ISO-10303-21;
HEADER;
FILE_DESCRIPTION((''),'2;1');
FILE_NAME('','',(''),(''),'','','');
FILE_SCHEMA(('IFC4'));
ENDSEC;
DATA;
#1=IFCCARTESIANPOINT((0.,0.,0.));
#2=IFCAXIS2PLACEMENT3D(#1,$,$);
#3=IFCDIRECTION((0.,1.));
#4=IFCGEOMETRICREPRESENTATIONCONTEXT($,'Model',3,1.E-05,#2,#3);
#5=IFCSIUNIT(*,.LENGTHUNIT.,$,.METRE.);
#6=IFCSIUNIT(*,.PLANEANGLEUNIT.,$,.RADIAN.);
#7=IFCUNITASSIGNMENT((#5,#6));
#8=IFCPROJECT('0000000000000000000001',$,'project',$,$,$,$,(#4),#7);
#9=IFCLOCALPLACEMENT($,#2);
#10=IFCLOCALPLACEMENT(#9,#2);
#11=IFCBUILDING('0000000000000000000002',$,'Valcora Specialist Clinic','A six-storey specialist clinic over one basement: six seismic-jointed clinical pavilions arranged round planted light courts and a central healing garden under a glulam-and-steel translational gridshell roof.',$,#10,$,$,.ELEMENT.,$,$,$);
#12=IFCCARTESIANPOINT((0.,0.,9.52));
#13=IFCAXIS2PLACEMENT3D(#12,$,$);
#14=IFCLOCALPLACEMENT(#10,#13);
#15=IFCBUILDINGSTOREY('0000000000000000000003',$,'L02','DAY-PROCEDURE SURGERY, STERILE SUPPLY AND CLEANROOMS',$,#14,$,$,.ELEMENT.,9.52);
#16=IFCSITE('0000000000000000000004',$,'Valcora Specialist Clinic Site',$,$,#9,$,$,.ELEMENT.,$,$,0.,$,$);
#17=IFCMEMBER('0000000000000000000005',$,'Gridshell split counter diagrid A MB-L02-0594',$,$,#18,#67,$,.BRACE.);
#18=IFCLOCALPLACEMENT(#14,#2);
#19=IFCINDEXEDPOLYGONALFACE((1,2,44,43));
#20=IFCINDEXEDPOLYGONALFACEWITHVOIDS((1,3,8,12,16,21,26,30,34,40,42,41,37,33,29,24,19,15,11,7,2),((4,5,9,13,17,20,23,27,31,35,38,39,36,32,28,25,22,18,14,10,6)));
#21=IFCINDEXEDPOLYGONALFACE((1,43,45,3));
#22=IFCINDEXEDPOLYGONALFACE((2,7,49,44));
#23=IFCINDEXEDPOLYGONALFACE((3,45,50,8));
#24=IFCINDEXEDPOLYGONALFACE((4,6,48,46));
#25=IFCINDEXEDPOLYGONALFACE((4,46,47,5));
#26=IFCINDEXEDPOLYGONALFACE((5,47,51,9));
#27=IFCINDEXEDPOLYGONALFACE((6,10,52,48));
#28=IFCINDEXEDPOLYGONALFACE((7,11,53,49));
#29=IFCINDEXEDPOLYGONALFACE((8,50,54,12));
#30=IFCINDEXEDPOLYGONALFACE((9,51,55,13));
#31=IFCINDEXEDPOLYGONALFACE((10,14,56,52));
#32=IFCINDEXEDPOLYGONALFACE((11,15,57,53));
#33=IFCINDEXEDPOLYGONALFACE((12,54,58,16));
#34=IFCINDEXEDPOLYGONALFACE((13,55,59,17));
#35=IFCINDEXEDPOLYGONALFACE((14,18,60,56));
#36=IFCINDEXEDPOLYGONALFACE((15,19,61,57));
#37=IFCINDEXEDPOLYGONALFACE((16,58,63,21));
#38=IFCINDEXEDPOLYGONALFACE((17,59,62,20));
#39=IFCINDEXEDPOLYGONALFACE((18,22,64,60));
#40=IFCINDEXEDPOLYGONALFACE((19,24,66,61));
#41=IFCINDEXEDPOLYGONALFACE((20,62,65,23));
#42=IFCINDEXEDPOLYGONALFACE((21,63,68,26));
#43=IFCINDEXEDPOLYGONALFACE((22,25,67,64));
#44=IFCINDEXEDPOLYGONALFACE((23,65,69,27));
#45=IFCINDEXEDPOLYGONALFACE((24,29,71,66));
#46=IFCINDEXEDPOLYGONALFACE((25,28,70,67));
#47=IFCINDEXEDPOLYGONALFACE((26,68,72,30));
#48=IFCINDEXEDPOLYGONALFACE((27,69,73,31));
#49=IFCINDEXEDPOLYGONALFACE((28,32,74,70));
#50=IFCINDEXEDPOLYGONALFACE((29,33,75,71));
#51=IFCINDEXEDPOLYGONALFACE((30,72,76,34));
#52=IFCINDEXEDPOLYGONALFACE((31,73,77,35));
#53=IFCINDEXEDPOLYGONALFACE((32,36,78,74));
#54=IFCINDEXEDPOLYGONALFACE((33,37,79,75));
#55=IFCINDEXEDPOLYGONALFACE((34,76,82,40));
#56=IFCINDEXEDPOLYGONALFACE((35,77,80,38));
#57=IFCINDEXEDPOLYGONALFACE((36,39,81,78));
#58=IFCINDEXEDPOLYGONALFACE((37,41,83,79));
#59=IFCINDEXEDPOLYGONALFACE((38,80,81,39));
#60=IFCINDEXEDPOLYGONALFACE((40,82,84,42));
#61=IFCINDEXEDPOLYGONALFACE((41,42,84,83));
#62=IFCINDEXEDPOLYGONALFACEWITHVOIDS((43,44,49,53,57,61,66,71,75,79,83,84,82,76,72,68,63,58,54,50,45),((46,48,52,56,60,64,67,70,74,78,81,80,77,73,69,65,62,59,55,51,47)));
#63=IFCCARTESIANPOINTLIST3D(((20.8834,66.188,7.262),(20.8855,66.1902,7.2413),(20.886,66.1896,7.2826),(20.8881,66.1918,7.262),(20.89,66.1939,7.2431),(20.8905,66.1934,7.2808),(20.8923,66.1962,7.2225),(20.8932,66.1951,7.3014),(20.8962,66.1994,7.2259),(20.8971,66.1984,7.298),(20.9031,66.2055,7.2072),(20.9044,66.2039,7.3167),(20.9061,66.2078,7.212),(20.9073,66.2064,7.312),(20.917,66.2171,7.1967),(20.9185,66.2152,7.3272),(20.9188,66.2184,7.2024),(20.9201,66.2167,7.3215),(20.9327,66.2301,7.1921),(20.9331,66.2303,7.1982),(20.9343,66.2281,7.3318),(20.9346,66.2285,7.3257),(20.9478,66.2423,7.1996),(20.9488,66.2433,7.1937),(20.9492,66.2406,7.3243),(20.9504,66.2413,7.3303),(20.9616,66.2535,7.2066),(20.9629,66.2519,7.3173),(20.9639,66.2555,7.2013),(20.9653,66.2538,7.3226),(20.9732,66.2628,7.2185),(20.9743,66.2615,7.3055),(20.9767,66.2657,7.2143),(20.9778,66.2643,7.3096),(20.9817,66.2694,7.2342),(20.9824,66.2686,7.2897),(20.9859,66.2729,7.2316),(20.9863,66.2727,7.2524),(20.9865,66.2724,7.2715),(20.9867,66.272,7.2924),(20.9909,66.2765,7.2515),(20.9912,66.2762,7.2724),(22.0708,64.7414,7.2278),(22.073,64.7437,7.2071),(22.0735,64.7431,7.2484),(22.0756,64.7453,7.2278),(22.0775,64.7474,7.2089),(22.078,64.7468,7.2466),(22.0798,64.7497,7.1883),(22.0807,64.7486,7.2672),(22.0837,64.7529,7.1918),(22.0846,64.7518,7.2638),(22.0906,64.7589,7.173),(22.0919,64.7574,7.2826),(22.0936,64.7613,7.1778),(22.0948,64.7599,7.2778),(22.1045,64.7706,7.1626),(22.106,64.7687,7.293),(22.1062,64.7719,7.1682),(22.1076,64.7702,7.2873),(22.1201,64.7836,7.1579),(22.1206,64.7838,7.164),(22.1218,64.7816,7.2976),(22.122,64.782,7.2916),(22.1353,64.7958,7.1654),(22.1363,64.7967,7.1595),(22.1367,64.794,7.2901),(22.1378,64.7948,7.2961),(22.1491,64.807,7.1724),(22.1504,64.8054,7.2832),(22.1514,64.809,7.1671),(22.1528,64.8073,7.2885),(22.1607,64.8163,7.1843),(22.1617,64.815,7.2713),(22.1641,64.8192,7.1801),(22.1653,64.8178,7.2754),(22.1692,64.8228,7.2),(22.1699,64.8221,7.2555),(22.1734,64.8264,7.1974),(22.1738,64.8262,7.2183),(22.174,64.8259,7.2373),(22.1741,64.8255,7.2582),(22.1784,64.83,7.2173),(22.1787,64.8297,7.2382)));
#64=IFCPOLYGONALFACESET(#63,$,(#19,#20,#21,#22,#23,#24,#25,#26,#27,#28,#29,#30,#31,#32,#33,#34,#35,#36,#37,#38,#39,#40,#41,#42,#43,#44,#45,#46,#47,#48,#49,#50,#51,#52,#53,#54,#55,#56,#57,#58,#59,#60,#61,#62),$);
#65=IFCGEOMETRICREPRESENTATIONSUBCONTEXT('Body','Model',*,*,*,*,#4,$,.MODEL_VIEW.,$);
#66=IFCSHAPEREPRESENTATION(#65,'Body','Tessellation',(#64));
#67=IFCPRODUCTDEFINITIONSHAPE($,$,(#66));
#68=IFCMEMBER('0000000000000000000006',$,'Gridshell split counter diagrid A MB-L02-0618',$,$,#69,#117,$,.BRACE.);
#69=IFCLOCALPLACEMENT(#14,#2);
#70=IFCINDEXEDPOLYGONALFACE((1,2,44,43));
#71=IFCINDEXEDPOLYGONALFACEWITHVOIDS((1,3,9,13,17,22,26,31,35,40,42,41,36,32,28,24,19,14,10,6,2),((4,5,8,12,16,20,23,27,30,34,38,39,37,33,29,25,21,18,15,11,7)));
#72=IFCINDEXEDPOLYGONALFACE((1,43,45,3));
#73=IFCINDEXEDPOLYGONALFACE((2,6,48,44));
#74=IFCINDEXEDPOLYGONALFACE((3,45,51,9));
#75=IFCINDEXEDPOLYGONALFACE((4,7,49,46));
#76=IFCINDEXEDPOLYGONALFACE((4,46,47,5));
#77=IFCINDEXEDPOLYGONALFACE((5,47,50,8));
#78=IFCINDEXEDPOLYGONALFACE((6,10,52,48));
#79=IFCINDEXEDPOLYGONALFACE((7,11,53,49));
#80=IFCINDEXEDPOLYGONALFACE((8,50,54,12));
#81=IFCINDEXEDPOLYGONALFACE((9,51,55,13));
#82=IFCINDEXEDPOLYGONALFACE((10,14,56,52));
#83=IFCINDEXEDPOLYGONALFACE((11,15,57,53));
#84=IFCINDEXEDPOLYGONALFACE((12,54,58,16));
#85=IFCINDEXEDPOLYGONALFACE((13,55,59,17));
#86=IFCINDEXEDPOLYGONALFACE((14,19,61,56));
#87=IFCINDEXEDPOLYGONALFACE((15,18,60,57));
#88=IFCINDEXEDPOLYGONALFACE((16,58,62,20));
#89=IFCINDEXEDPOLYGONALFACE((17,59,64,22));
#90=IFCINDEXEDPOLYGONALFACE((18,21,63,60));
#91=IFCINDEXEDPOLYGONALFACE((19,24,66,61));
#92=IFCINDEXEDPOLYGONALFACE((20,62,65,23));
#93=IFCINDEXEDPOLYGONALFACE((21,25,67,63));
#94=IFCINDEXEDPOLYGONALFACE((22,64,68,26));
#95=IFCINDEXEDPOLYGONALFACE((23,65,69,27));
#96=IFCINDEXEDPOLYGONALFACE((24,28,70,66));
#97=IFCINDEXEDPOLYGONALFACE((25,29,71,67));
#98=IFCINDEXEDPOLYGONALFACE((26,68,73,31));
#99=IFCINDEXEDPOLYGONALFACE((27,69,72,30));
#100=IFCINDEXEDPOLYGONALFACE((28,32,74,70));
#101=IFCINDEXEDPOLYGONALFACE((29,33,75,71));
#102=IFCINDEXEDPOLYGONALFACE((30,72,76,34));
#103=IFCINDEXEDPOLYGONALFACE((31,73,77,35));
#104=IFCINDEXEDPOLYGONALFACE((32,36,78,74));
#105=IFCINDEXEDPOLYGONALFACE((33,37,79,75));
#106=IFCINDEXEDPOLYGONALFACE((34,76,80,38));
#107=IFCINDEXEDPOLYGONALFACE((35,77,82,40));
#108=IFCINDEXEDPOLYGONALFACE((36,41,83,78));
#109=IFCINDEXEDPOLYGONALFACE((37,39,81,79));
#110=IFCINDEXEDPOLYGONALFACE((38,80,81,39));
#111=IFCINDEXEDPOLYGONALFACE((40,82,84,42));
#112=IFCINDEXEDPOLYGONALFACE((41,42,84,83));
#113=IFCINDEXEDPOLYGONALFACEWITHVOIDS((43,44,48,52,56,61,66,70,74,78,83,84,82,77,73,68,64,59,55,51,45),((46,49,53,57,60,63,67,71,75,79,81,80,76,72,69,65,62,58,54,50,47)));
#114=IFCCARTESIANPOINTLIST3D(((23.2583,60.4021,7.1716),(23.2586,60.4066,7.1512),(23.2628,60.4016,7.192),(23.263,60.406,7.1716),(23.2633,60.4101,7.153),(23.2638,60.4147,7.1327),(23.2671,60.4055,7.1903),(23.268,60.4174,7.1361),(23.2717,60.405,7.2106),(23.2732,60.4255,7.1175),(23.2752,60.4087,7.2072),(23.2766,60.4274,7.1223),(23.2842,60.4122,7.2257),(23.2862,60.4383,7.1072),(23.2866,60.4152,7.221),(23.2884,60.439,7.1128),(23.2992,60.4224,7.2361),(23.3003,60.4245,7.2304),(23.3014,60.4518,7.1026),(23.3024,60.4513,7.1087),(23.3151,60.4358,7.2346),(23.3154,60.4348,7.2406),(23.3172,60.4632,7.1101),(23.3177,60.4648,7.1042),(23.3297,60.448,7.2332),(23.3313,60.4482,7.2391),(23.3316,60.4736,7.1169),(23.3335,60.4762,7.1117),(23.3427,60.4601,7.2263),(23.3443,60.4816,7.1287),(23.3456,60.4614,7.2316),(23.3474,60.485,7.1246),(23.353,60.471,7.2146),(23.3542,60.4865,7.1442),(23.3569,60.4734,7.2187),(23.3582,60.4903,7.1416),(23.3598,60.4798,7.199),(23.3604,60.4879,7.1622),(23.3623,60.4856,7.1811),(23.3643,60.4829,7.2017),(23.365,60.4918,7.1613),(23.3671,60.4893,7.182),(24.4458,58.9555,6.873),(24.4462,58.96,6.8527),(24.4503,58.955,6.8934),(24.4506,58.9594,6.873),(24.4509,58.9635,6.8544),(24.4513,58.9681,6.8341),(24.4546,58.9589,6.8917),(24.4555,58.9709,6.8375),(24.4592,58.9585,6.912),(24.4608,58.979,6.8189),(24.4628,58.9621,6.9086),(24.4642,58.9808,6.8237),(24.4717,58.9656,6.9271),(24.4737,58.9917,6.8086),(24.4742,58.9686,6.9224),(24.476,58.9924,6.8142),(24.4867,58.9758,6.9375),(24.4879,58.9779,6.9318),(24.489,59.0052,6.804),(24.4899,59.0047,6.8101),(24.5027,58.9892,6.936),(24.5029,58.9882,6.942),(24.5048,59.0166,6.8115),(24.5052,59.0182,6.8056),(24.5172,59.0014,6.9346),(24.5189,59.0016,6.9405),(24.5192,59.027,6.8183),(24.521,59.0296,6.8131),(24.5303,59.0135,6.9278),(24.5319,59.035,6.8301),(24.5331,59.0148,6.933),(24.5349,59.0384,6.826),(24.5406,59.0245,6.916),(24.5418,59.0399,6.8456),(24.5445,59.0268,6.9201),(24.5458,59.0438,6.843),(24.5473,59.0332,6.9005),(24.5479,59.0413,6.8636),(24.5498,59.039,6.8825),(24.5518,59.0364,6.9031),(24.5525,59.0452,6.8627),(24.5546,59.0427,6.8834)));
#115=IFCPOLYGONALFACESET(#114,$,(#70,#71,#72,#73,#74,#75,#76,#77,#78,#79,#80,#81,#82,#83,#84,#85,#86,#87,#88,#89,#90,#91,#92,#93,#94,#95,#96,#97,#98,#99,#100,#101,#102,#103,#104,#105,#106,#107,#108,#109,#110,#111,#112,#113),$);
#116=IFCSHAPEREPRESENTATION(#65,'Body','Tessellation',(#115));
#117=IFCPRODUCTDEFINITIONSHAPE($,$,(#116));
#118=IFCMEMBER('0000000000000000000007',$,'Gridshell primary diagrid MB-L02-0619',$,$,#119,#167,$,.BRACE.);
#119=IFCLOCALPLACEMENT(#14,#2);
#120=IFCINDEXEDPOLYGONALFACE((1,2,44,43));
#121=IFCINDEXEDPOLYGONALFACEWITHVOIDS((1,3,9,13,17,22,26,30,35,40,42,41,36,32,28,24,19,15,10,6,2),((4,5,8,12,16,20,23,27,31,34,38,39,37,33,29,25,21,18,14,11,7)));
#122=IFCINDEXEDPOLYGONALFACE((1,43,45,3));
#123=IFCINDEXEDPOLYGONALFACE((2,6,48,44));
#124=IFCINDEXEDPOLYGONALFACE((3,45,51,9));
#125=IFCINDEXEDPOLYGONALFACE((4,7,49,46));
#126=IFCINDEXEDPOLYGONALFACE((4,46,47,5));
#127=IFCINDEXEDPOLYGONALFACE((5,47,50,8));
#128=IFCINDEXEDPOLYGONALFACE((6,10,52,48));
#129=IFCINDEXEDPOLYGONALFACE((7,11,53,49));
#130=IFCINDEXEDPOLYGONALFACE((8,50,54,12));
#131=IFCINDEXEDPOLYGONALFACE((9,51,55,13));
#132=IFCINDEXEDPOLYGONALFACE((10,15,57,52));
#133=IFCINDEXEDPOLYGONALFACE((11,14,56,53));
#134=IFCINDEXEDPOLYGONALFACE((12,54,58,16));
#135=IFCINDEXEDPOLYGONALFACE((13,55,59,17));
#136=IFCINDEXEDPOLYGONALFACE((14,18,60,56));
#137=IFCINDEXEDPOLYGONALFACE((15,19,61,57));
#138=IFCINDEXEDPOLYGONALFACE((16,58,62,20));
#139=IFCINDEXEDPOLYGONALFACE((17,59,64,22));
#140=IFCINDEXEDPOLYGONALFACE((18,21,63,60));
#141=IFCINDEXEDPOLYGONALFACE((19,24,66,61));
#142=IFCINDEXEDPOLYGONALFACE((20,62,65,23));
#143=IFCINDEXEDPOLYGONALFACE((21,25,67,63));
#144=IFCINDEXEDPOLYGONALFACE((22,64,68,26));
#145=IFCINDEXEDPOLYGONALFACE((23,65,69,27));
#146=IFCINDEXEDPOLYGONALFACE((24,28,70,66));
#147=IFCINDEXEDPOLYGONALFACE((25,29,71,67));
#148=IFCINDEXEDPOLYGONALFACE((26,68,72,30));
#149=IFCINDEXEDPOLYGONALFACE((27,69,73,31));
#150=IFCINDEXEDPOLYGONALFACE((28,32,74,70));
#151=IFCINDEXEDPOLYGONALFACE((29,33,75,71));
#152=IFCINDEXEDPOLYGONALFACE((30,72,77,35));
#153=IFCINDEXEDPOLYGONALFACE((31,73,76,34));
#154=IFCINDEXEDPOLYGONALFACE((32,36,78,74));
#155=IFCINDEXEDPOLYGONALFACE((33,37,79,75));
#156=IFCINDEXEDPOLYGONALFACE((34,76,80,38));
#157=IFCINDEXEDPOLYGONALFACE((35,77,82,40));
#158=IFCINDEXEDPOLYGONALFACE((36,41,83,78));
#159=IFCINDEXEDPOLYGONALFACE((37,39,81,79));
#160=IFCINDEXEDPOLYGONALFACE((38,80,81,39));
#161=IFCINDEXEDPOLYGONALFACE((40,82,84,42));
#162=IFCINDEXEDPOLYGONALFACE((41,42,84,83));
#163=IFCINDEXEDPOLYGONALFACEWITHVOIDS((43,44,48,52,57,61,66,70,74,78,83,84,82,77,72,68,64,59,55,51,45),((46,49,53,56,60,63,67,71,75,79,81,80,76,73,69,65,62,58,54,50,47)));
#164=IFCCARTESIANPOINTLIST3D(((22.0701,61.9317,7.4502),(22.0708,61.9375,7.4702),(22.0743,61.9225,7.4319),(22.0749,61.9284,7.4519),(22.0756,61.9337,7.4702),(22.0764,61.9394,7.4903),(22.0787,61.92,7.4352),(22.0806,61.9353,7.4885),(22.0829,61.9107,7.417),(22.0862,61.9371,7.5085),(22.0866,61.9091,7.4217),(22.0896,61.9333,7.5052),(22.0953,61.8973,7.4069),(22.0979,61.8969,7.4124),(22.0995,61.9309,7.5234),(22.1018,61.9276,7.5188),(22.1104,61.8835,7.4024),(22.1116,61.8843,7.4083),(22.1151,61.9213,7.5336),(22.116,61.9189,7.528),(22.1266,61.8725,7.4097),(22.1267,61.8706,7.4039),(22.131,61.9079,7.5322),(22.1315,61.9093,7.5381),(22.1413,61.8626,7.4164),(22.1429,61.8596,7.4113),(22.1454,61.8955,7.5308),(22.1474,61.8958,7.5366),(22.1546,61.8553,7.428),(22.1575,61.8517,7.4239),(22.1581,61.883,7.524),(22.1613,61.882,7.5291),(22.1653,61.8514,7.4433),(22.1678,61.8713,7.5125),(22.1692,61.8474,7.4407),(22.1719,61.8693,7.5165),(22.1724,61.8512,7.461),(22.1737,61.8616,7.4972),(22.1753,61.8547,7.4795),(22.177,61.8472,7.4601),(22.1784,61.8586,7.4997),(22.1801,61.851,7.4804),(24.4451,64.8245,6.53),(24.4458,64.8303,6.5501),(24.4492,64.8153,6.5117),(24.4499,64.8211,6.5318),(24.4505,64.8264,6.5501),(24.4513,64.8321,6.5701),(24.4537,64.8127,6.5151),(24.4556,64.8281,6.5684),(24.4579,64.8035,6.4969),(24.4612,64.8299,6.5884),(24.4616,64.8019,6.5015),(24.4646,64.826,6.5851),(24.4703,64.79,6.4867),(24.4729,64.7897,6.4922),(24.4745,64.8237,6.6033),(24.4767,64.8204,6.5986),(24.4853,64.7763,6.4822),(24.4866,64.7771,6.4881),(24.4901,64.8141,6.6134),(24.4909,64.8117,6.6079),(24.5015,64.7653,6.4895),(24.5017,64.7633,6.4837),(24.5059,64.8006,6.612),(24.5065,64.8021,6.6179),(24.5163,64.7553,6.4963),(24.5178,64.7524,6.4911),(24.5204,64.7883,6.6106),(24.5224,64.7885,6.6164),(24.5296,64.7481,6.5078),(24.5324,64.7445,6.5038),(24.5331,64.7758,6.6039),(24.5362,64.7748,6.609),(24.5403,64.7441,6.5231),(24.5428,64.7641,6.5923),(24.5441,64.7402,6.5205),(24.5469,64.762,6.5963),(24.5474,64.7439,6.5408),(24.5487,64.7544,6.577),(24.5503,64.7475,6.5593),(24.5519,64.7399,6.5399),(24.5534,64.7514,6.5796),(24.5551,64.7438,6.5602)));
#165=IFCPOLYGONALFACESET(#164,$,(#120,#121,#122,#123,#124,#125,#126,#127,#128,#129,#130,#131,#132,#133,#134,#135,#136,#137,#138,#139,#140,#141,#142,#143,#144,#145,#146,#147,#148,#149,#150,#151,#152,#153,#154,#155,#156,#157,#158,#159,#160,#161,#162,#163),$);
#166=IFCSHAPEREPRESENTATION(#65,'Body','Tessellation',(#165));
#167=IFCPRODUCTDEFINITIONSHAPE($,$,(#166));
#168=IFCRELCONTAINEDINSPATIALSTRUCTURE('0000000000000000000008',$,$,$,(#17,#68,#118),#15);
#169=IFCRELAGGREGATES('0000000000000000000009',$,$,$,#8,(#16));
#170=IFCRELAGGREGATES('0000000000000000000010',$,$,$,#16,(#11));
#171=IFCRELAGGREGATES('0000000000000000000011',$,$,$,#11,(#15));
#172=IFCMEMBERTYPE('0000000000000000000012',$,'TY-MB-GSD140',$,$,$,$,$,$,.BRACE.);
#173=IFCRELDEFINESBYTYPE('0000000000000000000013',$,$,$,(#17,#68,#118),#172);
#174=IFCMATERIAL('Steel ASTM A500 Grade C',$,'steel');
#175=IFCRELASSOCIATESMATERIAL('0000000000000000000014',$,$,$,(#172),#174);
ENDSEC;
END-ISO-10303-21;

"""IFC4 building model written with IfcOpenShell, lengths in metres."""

from ifc_helpers import new_model, si_unit, direction, frame, origin, origin_2d, place, context, subcontext, project, spatial, hollow_circle, extrude, material, material_profile, profile_set, type_object, element, save


model = new_model("IFC4")

# Units and contexts
model_context = context("Model", 3, precision=1e-05, world=origin(), true_north=direction((0.0, 1.0)))
body_context = subcontext(model_context, "Body", "Model", "MODEL_VIEW")
ifc_project = project(units=[si_unit("LENGTHUNIT", "METRE"), si_unit("PLANEANGLEUNIT", "RADIAN")], contexts=[model_context])

# Site, building, storey
site_placement = place(None, origin())
site = spatial("IfcSite", under=ifc_project, at=site_placement, Name="Valcora Specialist Clinic Site", CompositionType="ELEMENT", RefElevation=0.0)
building_placement = place(site_placement, origin())
building = spatial("IfcBuilding", under=site, at=building_placement, Name="Valcora Specialist Clinic", Description="A six-storey specialist clinic over one basement: six seismic-jointed clinical pavilions arranged round planted light courts and a central healing garden under a glulam-and-steel translational gridshell roof.", CompositionType="ELEMENT")
storey_placement = place(building_placement, frame((0.0, 0.0, 9.52)))
storey = spatial("IfcBuildingStorey", under=building, at=storey_placement, Name="L02", Description="DAY-PROCEDURE SURGERY, STERILE SUPPLY AND CLEANROOMS", CompositionType="ELEMENT", Elevation=9.52)

# Members
ifc_material_1 = material(Name="Steel ASTM A500 Grade C", Category="steel")
ifc_material_profile_1 = material_profile(ifc_material_1, hollow_circle(Radius=0.0701, WallThickness=0.0061, at=origin_2d()), Name="ST-CHS-140X6")
ifc_profile_set_1 = profile_set([ifc_material_profile_1], Name="Steel ASTM A500 Grade C")
member_type_1 = type_object("IfcMemberType", Name="TY-MB-GSD140", PredefinedType="BRACE", material=ifc_profile_set_1)
member_1_placement = place(storey_placement, frame((22.125, 64.7859, 7.2278), z_axis=(-0.634403, 0.772787, 0.01826), x_axis=(-0.772916, -0.634508, 0.0)))
element("IfcMember", 1, at=member_1_placement, inside=storey, type_object=member_type_1, Name="Gridshell split counter diagrid A MB-L02-0594", PredefinedType="BRACE", context=body_context, shape_type="SweptSolid", body=[
    extrude(hollow_circle(Radius=0.0701, WallThickness=0.0061, at=origin_2d()), origin(), (0.0, 0.0, 1.0), 1.8718),
])
member_2_placement = place(storey_placement, frame((24.5, 59.0, 6.873), z_axis=(-0.626584, 0.763263, 0.157548), x_axis=(-0.772916, -0.634508, 0.0)))
element("IfcMember", 2, at=member_2_placement, inside=storey, type_object=member_type_1, Name="Gridshell split counter diagrid A MB-L02-0618", PredefinedType="BRACE", context=body_context, shape_type="SweptSolid", body=[
    extrude(hollow_circle(Radius=0.0701, WallThickness=0.0061, at=origin_2d()), origin(), (0.0, 0.0, 1.0), 1.8953),
])
member_3_placement = place(storey_placement, frame((22.125, 61.8931, 7.4702), z_axis=(0.616192, 0.750541, -0.238737), x_axis=(-0.77289, 0.63454, 0.0)))
element("IfcMember", 3, at=member_3_placement, inside=storey, type_object=member_type_1, Name="Gridshell primary diagrid MB-L02-0619", PredefinedType="BRACE", context=body_context, shape_type="SweptSolid", body=[
    extrude(hollow_circle(Radius=0.0701, WallThickness=0.0061, at=origin_2d()), origin(), (0.0, 0.0, 1.0), 3.8542),
])

save(model, "model.ifc")
